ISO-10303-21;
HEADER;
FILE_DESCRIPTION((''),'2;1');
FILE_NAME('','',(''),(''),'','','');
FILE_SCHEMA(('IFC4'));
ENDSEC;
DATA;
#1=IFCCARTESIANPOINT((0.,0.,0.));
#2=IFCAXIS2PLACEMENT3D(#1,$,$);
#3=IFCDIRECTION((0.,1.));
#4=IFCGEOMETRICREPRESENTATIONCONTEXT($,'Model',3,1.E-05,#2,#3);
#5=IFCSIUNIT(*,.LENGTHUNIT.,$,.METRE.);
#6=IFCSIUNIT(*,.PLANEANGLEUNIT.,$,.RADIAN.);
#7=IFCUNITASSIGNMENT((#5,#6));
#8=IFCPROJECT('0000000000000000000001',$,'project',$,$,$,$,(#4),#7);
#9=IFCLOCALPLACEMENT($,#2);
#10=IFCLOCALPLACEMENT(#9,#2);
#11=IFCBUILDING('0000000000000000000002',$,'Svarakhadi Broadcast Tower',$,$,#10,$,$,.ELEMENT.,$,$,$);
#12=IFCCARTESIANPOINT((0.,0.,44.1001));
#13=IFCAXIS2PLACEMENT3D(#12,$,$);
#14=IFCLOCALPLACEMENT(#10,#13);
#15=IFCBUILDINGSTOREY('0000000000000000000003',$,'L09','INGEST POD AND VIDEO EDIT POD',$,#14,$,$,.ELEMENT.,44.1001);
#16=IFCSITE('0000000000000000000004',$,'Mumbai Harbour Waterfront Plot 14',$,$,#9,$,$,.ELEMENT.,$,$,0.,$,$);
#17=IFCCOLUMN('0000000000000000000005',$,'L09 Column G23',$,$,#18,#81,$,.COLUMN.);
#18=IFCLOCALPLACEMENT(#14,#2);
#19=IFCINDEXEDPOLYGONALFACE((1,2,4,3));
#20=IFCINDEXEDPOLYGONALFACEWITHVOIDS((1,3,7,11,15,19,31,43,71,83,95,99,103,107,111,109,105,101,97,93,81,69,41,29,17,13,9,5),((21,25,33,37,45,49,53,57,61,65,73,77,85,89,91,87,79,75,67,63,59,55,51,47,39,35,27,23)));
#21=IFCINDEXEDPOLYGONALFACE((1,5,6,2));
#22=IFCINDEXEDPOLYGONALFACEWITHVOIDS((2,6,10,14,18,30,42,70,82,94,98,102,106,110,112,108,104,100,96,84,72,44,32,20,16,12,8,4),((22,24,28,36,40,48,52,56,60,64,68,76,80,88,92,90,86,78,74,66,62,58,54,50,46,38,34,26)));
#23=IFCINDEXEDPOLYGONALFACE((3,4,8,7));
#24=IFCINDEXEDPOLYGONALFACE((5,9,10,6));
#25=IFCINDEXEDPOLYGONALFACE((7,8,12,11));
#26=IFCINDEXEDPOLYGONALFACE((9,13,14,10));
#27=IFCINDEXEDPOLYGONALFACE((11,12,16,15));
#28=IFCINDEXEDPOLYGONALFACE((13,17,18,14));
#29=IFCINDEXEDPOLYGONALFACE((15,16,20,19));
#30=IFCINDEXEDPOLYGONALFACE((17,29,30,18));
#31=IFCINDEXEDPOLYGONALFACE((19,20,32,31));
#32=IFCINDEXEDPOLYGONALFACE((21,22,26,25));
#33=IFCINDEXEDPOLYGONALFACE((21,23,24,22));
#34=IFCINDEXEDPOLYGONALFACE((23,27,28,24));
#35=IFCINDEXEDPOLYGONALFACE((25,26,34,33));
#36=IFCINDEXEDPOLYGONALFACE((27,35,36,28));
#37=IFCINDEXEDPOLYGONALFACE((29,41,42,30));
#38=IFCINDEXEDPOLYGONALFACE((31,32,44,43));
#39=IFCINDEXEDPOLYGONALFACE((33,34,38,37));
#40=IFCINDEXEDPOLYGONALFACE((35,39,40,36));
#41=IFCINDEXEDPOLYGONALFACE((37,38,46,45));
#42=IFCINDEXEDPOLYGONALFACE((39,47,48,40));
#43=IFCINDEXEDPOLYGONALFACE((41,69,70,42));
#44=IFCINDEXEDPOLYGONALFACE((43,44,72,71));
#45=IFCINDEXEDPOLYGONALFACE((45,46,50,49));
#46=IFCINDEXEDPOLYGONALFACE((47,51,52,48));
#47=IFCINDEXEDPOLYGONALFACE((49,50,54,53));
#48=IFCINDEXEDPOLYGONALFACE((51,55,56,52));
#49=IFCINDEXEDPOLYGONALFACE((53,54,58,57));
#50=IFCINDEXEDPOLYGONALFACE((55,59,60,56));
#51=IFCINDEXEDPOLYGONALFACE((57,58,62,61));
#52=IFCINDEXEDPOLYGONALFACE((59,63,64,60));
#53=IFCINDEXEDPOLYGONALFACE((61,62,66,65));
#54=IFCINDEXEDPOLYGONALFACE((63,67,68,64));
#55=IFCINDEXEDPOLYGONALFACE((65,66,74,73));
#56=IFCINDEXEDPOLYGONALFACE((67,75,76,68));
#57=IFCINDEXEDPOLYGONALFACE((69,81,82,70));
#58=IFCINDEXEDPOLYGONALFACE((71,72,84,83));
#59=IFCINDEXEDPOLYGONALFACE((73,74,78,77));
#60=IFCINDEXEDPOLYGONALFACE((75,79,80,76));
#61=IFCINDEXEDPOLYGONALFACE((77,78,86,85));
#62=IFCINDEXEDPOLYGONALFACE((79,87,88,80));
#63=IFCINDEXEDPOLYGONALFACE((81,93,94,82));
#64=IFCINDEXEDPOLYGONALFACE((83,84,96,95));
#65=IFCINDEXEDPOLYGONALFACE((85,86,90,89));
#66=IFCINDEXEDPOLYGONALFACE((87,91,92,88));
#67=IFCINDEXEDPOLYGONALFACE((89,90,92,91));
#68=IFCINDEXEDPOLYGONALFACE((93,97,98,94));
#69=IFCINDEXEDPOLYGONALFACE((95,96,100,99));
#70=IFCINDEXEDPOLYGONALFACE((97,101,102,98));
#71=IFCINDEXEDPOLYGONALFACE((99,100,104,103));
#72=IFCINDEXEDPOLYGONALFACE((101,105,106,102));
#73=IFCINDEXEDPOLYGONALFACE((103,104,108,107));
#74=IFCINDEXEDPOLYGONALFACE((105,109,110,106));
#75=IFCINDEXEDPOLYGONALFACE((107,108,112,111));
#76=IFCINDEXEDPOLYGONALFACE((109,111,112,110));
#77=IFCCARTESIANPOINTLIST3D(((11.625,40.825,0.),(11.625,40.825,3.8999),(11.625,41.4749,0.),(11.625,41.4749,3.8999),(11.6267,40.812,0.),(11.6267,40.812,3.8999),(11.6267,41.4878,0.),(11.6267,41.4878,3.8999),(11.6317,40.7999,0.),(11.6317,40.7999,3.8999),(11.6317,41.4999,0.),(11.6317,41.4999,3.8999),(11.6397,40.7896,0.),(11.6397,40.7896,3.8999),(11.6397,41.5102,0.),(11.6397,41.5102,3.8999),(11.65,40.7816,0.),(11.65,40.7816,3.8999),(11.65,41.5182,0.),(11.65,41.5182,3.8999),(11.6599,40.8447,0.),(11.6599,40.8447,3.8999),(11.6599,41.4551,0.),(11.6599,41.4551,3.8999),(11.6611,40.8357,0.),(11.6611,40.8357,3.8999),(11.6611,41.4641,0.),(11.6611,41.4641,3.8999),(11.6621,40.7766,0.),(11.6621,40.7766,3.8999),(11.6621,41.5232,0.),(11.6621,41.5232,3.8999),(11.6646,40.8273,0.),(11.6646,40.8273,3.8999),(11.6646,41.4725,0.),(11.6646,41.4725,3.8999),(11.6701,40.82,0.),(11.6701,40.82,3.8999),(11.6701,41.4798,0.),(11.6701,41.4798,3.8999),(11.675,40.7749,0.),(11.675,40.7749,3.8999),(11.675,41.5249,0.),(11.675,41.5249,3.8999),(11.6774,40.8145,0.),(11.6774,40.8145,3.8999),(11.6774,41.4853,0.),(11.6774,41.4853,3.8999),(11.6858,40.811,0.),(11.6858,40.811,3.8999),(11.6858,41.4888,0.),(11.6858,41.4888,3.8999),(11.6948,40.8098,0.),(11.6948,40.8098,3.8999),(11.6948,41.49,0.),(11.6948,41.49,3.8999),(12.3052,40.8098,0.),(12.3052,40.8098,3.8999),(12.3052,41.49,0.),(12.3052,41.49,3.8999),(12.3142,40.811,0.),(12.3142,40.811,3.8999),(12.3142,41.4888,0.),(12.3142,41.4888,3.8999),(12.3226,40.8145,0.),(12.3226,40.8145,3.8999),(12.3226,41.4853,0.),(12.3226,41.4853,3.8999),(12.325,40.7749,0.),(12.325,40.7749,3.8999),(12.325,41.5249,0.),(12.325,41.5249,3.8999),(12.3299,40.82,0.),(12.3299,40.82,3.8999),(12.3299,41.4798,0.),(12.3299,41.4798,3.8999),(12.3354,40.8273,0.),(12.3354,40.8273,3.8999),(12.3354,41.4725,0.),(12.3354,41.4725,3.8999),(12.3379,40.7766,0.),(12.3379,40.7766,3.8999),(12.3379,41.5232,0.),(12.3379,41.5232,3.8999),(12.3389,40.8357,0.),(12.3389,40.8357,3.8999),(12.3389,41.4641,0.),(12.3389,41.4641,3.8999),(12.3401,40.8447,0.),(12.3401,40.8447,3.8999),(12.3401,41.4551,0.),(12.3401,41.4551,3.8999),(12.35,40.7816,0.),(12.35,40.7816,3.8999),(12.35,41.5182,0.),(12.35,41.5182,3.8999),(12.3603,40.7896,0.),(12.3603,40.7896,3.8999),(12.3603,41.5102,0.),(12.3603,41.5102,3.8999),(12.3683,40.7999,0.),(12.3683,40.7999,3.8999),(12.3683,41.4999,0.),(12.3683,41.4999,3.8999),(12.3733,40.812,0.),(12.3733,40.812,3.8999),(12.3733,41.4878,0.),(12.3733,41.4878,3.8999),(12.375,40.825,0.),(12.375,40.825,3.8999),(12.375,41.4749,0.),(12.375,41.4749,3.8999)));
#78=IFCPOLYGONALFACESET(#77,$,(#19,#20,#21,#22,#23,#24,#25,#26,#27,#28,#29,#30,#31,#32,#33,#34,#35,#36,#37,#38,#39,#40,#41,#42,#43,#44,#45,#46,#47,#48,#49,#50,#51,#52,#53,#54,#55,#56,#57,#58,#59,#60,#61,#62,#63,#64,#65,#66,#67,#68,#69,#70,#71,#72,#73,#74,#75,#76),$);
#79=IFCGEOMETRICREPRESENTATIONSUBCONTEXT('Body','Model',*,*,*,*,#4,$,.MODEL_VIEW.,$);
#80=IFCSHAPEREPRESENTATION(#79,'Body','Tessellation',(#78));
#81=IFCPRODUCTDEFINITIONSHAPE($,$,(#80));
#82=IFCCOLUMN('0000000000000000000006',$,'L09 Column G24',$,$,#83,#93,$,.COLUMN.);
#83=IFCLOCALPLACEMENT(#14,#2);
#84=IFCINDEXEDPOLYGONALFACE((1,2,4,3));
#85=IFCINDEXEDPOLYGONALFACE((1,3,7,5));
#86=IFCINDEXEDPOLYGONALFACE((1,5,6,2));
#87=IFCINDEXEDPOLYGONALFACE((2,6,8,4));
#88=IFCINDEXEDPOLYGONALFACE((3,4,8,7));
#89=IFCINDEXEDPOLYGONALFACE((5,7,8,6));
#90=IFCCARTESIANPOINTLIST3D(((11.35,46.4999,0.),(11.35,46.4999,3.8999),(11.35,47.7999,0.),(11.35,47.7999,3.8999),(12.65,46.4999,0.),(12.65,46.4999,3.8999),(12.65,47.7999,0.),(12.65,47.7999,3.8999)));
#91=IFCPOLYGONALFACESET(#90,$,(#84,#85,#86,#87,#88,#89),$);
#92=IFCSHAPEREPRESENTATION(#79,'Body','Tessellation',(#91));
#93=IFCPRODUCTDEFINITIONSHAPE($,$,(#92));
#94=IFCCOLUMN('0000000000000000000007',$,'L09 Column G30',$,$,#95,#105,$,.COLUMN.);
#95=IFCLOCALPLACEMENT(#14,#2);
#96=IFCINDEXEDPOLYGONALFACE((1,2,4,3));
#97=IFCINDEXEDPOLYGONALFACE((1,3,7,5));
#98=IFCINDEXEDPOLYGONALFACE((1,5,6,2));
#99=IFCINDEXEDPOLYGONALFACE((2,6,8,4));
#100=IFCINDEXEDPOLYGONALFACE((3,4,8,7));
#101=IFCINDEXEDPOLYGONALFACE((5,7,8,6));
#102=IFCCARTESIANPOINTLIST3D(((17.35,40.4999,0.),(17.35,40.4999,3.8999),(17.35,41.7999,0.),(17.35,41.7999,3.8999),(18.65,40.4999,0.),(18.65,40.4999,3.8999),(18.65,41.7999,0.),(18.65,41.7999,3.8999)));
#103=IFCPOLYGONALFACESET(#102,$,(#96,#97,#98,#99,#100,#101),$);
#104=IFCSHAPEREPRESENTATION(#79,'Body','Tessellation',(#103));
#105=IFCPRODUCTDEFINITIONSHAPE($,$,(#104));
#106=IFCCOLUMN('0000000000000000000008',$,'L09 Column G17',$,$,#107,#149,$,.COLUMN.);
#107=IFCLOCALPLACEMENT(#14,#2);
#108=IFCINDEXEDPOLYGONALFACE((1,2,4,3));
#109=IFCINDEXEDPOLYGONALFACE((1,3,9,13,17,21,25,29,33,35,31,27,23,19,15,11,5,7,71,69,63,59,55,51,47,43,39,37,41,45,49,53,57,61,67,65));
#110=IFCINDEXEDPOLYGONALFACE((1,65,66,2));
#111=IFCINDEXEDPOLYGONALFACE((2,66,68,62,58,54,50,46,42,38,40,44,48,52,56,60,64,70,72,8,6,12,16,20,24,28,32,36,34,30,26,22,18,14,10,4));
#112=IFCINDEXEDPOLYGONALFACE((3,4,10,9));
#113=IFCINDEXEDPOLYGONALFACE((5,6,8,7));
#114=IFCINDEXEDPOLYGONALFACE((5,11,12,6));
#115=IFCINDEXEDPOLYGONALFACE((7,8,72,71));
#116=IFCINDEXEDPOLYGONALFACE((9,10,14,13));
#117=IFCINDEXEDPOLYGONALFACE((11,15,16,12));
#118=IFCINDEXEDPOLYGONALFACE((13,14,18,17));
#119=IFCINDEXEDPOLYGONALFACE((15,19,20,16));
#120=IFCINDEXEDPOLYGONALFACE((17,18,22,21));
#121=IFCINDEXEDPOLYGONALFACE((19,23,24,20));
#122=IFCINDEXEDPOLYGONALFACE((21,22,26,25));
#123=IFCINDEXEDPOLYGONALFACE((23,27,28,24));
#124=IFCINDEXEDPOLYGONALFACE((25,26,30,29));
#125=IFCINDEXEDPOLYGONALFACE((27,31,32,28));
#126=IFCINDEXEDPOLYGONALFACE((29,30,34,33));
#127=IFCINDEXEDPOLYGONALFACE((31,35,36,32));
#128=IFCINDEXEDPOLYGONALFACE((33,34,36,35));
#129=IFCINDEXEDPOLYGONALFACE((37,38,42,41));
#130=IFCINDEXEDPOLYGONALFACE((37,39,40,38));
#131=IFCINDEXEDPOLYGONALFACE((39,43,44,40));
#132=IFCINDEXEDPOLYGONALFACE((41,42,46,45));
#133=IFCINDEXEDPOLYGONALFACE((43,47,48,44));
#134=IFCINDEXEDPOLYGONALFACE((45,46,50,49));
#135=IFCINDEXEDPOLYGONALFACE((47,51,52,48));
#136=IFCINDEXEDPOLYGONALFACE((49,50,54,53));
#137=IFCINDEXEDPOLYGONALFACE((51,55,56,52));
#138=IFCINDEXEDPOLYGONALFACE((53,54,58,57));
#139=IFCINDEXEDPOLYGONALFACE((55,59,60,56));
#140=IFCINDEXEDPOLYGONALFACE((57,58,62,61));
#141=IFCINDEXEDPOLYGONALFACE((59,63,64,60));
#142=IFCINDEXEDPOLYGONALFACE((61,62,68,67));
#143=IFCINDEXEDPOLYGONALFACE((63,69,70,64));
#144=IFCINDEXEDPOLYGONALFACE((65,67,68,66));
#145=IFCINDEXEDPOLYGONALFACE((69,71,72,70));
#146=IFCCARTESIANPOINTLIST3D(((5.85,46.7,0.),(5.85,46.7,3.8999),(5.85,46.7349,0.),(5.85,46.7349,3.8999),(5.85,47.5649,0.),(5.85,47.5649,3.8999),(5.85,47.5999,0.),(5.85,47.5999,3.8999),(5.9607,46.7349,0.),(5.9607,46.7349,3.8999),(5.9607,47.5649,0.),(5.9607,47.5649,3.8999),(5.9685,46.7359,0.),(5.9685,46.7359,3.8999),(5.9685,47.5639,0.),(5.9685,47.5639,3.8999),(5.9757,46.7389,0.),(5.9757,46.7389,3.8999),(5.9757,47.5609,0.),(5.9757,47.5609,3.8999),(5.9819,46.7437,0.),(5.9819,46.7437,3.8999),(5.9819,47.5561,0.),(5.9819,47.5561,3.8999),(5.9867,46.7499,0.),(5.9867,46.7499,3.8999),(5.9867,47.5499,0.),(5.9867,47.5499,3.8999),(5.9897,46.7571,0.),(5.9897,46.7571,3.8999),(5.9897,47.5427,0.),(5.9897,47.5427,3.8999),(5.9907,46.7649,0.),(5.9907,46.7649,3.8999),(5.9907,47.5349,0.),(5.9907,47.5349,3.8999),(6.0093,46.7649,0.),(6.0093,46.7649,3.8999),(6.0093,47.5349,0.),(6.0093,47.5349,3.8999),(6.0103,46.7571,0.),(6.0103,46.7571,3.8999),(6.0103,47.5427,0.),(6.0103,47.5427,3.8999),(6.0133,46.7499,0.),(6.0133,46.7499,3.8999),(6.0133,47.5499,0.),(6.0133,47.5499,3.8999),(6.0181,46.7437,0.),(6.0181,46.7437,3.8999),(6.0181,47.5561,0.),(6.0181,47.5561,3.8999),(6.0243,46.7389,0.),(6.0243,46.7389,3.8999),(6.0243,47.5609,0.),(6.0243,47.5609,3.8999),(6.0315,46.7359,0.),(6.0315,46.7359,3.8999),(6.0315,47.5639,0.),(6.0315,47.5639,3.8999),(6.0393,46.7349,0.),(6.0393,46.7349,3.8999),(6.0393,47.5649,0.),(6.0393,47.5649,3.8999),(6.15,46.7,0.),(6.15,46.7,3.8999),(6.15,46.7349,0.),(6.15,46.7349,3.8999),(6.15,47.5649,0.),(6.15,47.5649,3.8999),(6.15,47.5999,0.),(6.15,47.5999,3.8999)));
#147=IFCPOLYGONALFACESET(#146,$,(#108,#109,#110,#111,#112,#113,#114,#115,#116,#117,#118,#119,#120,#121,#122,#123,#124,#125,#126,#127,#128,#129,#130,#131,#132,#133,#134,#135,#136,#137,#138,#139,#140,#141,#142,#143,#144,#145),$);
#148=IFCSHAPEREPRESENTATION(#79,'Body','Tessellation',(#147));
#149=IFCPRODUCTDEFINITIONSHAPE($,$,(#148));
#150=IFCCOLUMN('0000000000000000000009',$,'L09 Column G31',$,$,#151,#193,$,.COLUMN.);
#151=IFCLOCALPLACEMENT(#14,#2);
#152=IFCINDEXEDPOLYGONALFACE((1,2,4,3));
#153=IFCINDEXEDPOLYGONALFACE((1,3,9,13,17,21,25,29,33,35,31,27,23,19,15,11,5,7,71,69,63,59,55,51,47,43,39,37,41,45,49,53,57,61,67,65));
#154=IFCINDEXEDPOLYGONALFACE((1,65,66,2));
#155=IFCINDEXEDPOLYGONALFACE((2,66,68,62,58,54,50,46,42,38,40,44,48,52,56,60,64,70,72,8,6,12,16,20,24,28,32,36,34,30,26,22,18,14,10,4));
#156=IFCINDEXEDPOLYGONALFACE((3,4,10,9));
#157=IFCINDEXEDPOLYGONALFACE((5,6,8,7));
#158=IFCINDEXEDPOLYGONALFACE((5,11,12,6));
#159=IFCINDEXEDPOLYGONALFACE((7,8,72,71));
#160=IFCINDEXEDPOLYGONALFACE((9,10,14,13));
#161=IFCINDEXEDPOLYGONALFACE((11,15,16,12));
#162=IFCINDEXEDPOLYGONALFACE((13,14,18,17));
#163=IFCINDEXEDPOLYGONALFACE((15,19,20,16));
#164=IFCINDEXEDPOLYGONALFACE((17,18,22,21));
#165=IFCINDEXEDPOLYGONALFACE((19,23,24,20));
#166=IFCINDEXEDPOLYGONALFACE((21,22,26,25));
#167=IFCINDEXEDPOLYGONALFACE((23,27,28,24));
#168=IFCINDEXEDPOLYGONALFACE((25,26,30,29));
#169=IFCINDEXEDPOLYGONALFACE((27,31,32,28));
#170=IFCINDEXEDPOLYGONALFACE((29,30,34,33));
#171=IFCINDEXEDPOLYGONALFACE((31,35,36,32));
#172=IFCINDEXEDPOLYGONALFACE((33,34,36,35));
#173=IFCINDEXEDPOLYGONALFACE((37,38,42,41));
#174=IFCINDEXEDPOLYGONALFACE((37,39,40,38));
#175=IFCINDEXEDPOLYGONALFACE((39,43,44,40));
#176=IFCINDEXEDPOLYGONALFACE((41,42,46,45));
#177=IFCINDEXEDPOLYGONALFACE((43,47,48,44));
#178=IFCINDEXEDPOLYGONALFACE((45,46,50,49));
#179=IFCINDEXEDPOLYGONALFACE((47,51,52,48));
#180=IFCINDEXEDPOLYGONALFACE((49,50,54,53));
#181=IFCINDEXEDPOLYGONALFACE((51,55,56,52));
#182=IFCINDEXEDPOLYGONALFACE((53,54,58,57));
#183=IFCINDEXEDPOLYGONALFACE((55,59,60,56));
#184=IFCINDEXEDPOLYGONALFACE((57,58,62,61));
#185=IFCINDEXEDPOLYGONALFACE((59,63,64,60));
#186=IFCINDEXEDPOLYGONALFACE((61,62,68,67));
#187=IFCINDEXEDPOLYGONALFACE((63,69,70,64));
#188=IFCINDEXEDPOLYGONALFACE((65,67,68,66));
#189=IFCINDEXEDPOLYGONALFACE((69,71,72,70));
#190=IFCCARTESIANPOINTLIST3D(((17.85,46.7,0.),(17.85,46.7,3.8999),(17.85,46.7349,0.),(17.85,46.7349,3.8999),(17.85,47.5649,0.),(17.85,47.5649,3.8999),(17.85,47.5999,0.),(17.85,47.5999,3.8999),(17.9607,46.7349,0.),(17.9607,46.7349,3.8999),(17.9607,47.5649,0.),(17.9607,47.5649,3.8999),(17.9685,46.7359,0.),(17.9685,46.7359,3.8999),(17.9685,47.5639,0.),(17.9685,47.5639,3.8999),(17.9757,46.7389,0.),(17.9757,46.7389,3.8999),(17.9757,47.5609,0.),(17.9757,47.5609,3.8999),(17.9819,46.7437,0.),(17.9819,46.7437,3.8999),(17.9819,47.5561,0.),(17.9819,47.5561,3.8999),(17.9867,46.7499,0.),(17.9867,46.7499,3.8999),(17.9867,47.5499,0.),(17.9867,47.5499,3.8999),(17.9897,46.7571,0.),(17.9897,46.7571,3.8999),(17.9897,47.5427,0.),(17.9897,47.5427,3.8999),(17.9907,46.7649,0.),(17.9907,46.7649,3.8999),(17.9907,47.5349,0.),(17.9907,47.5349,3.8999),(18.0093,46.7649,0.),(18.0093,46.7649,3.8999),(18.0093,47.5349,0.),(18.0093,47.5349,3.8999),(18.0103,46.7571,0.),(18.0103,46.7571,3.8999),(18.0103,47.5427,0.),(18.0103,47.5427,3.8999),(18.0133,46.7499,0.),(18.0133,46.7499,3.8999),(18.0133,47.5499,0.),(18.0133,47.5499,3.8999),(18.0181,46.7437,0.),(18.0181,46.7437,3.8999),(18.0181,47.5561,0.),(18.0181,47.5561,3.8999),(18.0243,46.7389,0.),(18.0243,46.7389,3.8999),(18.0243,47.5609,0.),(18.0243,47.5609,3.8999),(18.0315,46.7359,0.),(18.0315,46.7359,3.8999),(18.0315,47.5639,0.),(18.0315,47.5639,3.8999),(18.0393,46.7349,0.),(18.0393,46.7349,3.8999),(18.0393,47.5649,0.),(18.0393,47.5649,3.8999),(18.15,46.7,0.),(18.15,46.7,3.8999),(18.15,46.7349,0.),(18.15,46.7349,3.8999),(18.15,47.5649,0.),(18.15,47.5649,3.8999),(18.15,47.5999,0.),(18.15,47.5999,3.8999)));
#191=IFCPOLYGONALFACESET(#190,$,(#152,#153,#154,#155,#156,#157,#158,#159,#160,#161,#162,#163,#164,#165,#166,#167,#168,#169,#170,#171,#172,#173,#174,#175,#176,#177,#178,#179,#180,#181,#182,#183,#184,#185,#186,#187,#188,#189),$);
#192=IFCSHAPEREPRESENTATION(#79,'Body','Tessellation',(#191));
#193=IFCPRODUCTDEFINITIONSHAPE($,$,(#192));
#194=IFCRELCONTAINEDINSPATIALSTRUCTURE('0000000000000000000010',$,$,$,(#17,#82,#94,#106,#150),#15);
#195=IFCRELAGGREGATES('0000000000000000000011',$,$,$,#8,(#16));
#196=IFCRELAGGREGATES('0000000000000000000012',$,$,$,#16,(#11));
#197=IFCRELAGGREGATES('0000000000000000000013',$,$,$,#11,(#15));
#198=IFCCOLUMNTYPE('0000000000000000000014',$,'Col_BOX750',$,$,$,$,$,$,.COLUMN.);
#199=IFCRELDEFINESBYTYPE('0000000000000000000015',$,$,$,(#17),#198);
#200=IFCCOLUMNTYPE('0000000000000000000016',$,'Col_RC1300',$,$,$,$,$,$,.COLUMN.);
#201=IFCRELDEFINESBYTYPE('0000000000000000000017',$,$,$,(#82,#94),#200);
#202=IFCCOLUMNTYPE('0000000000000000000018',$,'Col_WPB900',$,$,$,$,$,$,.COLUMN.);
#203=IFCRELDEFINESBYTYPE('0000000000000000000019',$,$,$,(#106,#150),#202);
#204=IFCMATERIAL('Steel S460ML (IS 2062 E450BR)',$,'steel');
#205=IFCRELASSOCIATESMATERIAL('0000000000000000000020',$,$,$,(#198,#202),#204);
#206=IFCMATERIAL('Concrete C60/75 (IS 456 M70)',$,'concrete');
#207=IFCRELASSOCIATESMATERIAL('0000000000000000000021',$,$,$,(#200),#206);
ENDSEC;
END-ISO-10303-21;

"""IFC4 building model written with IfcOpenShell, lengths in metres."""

from ifc_helpers import new_model, si_unit, direction, frame, origin, origin_2d, place, context, subcontext, project, spatial, rectangle, hollow_rectangle, i_section, extrude, material, material_profile, profile_set, type_object, element, save


model = new_model("IFC4")

# Units and contexts
model_context = context("Model", 3, precision=1e-05, world=origin(), true_north=direction((0.0, 1.0)))
body_context = subcontext(model_context, "Body", "Model", "MODEL_VIEW")
ifc_project = project(units=[si_unit("LENGTHUNIT", "METRE"), si_unit("PLANEANGLEUNIT", "RADIAN")], contexts=[model_context])

# Site, building, storey
site_placement = place(None, origin())
site = spatial("IfcSite", under=ifc_project, at=site_placement, Name="Mumbai Harbour Waterfront Plot 14", CompositionType="ELEMENT", RefElevation=0.0)
building_placement = place(site_placement, origin())
building = spatial("IfcBuilding", under=site, at=building_placement, Name="Svarakhadi Broadcast Tower", CompositionType="ELEMENT")
storey_placement = place(building_placement, frame((0.0, 0.0, 44.1001)))
storey = spatial("IfcBuildingStorey", under=building, at=storey_placement, Name="L09", Description="INGEST POD AND VIDEO EDIT POD", CompositionType="ELEMENT", Elevation=44.1001)

# Columns
ifc_material_1 = material(Name="Steel S460ML (IS 2062 E450BR)", Category="steel")
ifc_material_profile_1 = material_profile(ifc_material_1, hollow_rectangle(XDim=0.75, YDim=0.75, WallThickness=0.0349, InnerFilletRadius=0.0349, OuterFilletRadius=0.05, at=origin_2d()), Name="BOX 750x750x35")
ifc_profile_set_1 = profile_set([ifc_material_profile_1], Name="Steel S460ML (IS 2062 E450BR)")
column_type_1 = type_object("IfcColumnType", Name="Col_BOX750", PredefinedType="COLUMN", material=ifc_profile_set_1)
column_placement = place(storey_placement, frame((12.0, 41.1499, 0.0), z_axis=(0.0, 0.0, 1.0), x_axis=(1.0, 0.0, 0.0)))
element("IfcColumn", 1, at=column_placement, inside=storey, type_object=column_type_1, Name="L09 Column G23", PredefinedType="COLUMN", context=body_context, shape_type="SweptSolid", body=[
    extrude(hollow_rectangle(XDim=0.75, YDim=0.75, WallThickness=0.0349, InnerFilletRadius=0.0349, OuterFilletRadius=0.05, at=origin_2d()), origin(), (0.0, 0.0, 1.0), 3.8999),
])
ifc_material_2 = material(Name="Concrete C60/75 (IS 456 M70)", Category="concrete")
ifc_material_profile_2 = material_profile(ifc_material_2, rectangle(XDim=1.3, YDim=1.3, at=origin_2d()), Name="RC 1300x1300")
ifc_profile_set_2 = profile_set([ifc_material_profile_2], Name="Concrete C60/75 (IS 456 M70)")
column_type_2 = type_object("IfcColumnType", Name="Col_RC1300", PredefinedType="COLUMN", material=ifc_profile_set_2)
for number, where, z_axis, x_axis, name in (
    (2, (12.0, 47.1499, 0.0), (0.0, 0.0, 1.0), (1.0, 0.0, 0.0), "L09 Column G24"),
    (3, (18.0, 41.1499, 0.0), (0.0, 0.0, 1.0), (1.0, 0.0, 0.0), "L09 Column G30"),
):
    element("IfcColumn", number, at=place(storey_placement, frame(where, z_axis=z_axis, x_axis=x_axis)), inside=storey, type_object=column_type_2, Name=name, PredefinedType="COLUMN", context=body_context, shape_type="SweptSolid", body=[
        extrude(rectangle(XDim=1.3, YDim=1.3, at=origin_2d()), origin(), (0.0, 0.0, 1.0), 3.8999),
    ])
ifc_material_profile_3 = material_profile(ifc_material_1, i_section(OverallWidth=0.3, OverallDepth=0.8999, WebThickness=0.0186, FlangeThickness=0.0349, FilletRadius=0.03, at=origin_2d()), Name="WPB 900x300x291")
ifc_profile_set_3 = profile_set([ifc_material_profile_3], Name="Steel S460ML (IS 2062 E450BR)")
column_type_3 = type_object("IfcColumnType", Name="Col_WPB900", PredefinedType="COLUMN", material=ifc_profile_set_3)
for number, where, z_axis, x_axis, name in (
    (4, (6.0, 47.1499, 0.0), (0.0, 0.0, 1.0), (1.0, 0.0, 0.0), "L09 Column G17"),
    (5, (18.0, 47.1499, 0.0), (0.0, 0.0, 1.0), (1.0, 0.0, 0.0), "L09 Column G31"),
):
    element("IfcColumn", number, at=place(storey_placement, frame(where, z_axis=z_axis, x_axis=x_axis)), inside=storey, type_object=column_type_3, Name=name, PredefinedType="COLUMN", context=body_context, shape_type="SweptSolid", body=[
        extrude(i_section(OverallWidth=0.3, OverallDepth=0.8999, WebThickness=0.0186, FlangeThickness=0.0349, FilletRadius=0.03, at=origin_2d()), origin(), (0.0, 0.0, 1.0), 3.8999),
    ])

save(model, "model.ifc")
